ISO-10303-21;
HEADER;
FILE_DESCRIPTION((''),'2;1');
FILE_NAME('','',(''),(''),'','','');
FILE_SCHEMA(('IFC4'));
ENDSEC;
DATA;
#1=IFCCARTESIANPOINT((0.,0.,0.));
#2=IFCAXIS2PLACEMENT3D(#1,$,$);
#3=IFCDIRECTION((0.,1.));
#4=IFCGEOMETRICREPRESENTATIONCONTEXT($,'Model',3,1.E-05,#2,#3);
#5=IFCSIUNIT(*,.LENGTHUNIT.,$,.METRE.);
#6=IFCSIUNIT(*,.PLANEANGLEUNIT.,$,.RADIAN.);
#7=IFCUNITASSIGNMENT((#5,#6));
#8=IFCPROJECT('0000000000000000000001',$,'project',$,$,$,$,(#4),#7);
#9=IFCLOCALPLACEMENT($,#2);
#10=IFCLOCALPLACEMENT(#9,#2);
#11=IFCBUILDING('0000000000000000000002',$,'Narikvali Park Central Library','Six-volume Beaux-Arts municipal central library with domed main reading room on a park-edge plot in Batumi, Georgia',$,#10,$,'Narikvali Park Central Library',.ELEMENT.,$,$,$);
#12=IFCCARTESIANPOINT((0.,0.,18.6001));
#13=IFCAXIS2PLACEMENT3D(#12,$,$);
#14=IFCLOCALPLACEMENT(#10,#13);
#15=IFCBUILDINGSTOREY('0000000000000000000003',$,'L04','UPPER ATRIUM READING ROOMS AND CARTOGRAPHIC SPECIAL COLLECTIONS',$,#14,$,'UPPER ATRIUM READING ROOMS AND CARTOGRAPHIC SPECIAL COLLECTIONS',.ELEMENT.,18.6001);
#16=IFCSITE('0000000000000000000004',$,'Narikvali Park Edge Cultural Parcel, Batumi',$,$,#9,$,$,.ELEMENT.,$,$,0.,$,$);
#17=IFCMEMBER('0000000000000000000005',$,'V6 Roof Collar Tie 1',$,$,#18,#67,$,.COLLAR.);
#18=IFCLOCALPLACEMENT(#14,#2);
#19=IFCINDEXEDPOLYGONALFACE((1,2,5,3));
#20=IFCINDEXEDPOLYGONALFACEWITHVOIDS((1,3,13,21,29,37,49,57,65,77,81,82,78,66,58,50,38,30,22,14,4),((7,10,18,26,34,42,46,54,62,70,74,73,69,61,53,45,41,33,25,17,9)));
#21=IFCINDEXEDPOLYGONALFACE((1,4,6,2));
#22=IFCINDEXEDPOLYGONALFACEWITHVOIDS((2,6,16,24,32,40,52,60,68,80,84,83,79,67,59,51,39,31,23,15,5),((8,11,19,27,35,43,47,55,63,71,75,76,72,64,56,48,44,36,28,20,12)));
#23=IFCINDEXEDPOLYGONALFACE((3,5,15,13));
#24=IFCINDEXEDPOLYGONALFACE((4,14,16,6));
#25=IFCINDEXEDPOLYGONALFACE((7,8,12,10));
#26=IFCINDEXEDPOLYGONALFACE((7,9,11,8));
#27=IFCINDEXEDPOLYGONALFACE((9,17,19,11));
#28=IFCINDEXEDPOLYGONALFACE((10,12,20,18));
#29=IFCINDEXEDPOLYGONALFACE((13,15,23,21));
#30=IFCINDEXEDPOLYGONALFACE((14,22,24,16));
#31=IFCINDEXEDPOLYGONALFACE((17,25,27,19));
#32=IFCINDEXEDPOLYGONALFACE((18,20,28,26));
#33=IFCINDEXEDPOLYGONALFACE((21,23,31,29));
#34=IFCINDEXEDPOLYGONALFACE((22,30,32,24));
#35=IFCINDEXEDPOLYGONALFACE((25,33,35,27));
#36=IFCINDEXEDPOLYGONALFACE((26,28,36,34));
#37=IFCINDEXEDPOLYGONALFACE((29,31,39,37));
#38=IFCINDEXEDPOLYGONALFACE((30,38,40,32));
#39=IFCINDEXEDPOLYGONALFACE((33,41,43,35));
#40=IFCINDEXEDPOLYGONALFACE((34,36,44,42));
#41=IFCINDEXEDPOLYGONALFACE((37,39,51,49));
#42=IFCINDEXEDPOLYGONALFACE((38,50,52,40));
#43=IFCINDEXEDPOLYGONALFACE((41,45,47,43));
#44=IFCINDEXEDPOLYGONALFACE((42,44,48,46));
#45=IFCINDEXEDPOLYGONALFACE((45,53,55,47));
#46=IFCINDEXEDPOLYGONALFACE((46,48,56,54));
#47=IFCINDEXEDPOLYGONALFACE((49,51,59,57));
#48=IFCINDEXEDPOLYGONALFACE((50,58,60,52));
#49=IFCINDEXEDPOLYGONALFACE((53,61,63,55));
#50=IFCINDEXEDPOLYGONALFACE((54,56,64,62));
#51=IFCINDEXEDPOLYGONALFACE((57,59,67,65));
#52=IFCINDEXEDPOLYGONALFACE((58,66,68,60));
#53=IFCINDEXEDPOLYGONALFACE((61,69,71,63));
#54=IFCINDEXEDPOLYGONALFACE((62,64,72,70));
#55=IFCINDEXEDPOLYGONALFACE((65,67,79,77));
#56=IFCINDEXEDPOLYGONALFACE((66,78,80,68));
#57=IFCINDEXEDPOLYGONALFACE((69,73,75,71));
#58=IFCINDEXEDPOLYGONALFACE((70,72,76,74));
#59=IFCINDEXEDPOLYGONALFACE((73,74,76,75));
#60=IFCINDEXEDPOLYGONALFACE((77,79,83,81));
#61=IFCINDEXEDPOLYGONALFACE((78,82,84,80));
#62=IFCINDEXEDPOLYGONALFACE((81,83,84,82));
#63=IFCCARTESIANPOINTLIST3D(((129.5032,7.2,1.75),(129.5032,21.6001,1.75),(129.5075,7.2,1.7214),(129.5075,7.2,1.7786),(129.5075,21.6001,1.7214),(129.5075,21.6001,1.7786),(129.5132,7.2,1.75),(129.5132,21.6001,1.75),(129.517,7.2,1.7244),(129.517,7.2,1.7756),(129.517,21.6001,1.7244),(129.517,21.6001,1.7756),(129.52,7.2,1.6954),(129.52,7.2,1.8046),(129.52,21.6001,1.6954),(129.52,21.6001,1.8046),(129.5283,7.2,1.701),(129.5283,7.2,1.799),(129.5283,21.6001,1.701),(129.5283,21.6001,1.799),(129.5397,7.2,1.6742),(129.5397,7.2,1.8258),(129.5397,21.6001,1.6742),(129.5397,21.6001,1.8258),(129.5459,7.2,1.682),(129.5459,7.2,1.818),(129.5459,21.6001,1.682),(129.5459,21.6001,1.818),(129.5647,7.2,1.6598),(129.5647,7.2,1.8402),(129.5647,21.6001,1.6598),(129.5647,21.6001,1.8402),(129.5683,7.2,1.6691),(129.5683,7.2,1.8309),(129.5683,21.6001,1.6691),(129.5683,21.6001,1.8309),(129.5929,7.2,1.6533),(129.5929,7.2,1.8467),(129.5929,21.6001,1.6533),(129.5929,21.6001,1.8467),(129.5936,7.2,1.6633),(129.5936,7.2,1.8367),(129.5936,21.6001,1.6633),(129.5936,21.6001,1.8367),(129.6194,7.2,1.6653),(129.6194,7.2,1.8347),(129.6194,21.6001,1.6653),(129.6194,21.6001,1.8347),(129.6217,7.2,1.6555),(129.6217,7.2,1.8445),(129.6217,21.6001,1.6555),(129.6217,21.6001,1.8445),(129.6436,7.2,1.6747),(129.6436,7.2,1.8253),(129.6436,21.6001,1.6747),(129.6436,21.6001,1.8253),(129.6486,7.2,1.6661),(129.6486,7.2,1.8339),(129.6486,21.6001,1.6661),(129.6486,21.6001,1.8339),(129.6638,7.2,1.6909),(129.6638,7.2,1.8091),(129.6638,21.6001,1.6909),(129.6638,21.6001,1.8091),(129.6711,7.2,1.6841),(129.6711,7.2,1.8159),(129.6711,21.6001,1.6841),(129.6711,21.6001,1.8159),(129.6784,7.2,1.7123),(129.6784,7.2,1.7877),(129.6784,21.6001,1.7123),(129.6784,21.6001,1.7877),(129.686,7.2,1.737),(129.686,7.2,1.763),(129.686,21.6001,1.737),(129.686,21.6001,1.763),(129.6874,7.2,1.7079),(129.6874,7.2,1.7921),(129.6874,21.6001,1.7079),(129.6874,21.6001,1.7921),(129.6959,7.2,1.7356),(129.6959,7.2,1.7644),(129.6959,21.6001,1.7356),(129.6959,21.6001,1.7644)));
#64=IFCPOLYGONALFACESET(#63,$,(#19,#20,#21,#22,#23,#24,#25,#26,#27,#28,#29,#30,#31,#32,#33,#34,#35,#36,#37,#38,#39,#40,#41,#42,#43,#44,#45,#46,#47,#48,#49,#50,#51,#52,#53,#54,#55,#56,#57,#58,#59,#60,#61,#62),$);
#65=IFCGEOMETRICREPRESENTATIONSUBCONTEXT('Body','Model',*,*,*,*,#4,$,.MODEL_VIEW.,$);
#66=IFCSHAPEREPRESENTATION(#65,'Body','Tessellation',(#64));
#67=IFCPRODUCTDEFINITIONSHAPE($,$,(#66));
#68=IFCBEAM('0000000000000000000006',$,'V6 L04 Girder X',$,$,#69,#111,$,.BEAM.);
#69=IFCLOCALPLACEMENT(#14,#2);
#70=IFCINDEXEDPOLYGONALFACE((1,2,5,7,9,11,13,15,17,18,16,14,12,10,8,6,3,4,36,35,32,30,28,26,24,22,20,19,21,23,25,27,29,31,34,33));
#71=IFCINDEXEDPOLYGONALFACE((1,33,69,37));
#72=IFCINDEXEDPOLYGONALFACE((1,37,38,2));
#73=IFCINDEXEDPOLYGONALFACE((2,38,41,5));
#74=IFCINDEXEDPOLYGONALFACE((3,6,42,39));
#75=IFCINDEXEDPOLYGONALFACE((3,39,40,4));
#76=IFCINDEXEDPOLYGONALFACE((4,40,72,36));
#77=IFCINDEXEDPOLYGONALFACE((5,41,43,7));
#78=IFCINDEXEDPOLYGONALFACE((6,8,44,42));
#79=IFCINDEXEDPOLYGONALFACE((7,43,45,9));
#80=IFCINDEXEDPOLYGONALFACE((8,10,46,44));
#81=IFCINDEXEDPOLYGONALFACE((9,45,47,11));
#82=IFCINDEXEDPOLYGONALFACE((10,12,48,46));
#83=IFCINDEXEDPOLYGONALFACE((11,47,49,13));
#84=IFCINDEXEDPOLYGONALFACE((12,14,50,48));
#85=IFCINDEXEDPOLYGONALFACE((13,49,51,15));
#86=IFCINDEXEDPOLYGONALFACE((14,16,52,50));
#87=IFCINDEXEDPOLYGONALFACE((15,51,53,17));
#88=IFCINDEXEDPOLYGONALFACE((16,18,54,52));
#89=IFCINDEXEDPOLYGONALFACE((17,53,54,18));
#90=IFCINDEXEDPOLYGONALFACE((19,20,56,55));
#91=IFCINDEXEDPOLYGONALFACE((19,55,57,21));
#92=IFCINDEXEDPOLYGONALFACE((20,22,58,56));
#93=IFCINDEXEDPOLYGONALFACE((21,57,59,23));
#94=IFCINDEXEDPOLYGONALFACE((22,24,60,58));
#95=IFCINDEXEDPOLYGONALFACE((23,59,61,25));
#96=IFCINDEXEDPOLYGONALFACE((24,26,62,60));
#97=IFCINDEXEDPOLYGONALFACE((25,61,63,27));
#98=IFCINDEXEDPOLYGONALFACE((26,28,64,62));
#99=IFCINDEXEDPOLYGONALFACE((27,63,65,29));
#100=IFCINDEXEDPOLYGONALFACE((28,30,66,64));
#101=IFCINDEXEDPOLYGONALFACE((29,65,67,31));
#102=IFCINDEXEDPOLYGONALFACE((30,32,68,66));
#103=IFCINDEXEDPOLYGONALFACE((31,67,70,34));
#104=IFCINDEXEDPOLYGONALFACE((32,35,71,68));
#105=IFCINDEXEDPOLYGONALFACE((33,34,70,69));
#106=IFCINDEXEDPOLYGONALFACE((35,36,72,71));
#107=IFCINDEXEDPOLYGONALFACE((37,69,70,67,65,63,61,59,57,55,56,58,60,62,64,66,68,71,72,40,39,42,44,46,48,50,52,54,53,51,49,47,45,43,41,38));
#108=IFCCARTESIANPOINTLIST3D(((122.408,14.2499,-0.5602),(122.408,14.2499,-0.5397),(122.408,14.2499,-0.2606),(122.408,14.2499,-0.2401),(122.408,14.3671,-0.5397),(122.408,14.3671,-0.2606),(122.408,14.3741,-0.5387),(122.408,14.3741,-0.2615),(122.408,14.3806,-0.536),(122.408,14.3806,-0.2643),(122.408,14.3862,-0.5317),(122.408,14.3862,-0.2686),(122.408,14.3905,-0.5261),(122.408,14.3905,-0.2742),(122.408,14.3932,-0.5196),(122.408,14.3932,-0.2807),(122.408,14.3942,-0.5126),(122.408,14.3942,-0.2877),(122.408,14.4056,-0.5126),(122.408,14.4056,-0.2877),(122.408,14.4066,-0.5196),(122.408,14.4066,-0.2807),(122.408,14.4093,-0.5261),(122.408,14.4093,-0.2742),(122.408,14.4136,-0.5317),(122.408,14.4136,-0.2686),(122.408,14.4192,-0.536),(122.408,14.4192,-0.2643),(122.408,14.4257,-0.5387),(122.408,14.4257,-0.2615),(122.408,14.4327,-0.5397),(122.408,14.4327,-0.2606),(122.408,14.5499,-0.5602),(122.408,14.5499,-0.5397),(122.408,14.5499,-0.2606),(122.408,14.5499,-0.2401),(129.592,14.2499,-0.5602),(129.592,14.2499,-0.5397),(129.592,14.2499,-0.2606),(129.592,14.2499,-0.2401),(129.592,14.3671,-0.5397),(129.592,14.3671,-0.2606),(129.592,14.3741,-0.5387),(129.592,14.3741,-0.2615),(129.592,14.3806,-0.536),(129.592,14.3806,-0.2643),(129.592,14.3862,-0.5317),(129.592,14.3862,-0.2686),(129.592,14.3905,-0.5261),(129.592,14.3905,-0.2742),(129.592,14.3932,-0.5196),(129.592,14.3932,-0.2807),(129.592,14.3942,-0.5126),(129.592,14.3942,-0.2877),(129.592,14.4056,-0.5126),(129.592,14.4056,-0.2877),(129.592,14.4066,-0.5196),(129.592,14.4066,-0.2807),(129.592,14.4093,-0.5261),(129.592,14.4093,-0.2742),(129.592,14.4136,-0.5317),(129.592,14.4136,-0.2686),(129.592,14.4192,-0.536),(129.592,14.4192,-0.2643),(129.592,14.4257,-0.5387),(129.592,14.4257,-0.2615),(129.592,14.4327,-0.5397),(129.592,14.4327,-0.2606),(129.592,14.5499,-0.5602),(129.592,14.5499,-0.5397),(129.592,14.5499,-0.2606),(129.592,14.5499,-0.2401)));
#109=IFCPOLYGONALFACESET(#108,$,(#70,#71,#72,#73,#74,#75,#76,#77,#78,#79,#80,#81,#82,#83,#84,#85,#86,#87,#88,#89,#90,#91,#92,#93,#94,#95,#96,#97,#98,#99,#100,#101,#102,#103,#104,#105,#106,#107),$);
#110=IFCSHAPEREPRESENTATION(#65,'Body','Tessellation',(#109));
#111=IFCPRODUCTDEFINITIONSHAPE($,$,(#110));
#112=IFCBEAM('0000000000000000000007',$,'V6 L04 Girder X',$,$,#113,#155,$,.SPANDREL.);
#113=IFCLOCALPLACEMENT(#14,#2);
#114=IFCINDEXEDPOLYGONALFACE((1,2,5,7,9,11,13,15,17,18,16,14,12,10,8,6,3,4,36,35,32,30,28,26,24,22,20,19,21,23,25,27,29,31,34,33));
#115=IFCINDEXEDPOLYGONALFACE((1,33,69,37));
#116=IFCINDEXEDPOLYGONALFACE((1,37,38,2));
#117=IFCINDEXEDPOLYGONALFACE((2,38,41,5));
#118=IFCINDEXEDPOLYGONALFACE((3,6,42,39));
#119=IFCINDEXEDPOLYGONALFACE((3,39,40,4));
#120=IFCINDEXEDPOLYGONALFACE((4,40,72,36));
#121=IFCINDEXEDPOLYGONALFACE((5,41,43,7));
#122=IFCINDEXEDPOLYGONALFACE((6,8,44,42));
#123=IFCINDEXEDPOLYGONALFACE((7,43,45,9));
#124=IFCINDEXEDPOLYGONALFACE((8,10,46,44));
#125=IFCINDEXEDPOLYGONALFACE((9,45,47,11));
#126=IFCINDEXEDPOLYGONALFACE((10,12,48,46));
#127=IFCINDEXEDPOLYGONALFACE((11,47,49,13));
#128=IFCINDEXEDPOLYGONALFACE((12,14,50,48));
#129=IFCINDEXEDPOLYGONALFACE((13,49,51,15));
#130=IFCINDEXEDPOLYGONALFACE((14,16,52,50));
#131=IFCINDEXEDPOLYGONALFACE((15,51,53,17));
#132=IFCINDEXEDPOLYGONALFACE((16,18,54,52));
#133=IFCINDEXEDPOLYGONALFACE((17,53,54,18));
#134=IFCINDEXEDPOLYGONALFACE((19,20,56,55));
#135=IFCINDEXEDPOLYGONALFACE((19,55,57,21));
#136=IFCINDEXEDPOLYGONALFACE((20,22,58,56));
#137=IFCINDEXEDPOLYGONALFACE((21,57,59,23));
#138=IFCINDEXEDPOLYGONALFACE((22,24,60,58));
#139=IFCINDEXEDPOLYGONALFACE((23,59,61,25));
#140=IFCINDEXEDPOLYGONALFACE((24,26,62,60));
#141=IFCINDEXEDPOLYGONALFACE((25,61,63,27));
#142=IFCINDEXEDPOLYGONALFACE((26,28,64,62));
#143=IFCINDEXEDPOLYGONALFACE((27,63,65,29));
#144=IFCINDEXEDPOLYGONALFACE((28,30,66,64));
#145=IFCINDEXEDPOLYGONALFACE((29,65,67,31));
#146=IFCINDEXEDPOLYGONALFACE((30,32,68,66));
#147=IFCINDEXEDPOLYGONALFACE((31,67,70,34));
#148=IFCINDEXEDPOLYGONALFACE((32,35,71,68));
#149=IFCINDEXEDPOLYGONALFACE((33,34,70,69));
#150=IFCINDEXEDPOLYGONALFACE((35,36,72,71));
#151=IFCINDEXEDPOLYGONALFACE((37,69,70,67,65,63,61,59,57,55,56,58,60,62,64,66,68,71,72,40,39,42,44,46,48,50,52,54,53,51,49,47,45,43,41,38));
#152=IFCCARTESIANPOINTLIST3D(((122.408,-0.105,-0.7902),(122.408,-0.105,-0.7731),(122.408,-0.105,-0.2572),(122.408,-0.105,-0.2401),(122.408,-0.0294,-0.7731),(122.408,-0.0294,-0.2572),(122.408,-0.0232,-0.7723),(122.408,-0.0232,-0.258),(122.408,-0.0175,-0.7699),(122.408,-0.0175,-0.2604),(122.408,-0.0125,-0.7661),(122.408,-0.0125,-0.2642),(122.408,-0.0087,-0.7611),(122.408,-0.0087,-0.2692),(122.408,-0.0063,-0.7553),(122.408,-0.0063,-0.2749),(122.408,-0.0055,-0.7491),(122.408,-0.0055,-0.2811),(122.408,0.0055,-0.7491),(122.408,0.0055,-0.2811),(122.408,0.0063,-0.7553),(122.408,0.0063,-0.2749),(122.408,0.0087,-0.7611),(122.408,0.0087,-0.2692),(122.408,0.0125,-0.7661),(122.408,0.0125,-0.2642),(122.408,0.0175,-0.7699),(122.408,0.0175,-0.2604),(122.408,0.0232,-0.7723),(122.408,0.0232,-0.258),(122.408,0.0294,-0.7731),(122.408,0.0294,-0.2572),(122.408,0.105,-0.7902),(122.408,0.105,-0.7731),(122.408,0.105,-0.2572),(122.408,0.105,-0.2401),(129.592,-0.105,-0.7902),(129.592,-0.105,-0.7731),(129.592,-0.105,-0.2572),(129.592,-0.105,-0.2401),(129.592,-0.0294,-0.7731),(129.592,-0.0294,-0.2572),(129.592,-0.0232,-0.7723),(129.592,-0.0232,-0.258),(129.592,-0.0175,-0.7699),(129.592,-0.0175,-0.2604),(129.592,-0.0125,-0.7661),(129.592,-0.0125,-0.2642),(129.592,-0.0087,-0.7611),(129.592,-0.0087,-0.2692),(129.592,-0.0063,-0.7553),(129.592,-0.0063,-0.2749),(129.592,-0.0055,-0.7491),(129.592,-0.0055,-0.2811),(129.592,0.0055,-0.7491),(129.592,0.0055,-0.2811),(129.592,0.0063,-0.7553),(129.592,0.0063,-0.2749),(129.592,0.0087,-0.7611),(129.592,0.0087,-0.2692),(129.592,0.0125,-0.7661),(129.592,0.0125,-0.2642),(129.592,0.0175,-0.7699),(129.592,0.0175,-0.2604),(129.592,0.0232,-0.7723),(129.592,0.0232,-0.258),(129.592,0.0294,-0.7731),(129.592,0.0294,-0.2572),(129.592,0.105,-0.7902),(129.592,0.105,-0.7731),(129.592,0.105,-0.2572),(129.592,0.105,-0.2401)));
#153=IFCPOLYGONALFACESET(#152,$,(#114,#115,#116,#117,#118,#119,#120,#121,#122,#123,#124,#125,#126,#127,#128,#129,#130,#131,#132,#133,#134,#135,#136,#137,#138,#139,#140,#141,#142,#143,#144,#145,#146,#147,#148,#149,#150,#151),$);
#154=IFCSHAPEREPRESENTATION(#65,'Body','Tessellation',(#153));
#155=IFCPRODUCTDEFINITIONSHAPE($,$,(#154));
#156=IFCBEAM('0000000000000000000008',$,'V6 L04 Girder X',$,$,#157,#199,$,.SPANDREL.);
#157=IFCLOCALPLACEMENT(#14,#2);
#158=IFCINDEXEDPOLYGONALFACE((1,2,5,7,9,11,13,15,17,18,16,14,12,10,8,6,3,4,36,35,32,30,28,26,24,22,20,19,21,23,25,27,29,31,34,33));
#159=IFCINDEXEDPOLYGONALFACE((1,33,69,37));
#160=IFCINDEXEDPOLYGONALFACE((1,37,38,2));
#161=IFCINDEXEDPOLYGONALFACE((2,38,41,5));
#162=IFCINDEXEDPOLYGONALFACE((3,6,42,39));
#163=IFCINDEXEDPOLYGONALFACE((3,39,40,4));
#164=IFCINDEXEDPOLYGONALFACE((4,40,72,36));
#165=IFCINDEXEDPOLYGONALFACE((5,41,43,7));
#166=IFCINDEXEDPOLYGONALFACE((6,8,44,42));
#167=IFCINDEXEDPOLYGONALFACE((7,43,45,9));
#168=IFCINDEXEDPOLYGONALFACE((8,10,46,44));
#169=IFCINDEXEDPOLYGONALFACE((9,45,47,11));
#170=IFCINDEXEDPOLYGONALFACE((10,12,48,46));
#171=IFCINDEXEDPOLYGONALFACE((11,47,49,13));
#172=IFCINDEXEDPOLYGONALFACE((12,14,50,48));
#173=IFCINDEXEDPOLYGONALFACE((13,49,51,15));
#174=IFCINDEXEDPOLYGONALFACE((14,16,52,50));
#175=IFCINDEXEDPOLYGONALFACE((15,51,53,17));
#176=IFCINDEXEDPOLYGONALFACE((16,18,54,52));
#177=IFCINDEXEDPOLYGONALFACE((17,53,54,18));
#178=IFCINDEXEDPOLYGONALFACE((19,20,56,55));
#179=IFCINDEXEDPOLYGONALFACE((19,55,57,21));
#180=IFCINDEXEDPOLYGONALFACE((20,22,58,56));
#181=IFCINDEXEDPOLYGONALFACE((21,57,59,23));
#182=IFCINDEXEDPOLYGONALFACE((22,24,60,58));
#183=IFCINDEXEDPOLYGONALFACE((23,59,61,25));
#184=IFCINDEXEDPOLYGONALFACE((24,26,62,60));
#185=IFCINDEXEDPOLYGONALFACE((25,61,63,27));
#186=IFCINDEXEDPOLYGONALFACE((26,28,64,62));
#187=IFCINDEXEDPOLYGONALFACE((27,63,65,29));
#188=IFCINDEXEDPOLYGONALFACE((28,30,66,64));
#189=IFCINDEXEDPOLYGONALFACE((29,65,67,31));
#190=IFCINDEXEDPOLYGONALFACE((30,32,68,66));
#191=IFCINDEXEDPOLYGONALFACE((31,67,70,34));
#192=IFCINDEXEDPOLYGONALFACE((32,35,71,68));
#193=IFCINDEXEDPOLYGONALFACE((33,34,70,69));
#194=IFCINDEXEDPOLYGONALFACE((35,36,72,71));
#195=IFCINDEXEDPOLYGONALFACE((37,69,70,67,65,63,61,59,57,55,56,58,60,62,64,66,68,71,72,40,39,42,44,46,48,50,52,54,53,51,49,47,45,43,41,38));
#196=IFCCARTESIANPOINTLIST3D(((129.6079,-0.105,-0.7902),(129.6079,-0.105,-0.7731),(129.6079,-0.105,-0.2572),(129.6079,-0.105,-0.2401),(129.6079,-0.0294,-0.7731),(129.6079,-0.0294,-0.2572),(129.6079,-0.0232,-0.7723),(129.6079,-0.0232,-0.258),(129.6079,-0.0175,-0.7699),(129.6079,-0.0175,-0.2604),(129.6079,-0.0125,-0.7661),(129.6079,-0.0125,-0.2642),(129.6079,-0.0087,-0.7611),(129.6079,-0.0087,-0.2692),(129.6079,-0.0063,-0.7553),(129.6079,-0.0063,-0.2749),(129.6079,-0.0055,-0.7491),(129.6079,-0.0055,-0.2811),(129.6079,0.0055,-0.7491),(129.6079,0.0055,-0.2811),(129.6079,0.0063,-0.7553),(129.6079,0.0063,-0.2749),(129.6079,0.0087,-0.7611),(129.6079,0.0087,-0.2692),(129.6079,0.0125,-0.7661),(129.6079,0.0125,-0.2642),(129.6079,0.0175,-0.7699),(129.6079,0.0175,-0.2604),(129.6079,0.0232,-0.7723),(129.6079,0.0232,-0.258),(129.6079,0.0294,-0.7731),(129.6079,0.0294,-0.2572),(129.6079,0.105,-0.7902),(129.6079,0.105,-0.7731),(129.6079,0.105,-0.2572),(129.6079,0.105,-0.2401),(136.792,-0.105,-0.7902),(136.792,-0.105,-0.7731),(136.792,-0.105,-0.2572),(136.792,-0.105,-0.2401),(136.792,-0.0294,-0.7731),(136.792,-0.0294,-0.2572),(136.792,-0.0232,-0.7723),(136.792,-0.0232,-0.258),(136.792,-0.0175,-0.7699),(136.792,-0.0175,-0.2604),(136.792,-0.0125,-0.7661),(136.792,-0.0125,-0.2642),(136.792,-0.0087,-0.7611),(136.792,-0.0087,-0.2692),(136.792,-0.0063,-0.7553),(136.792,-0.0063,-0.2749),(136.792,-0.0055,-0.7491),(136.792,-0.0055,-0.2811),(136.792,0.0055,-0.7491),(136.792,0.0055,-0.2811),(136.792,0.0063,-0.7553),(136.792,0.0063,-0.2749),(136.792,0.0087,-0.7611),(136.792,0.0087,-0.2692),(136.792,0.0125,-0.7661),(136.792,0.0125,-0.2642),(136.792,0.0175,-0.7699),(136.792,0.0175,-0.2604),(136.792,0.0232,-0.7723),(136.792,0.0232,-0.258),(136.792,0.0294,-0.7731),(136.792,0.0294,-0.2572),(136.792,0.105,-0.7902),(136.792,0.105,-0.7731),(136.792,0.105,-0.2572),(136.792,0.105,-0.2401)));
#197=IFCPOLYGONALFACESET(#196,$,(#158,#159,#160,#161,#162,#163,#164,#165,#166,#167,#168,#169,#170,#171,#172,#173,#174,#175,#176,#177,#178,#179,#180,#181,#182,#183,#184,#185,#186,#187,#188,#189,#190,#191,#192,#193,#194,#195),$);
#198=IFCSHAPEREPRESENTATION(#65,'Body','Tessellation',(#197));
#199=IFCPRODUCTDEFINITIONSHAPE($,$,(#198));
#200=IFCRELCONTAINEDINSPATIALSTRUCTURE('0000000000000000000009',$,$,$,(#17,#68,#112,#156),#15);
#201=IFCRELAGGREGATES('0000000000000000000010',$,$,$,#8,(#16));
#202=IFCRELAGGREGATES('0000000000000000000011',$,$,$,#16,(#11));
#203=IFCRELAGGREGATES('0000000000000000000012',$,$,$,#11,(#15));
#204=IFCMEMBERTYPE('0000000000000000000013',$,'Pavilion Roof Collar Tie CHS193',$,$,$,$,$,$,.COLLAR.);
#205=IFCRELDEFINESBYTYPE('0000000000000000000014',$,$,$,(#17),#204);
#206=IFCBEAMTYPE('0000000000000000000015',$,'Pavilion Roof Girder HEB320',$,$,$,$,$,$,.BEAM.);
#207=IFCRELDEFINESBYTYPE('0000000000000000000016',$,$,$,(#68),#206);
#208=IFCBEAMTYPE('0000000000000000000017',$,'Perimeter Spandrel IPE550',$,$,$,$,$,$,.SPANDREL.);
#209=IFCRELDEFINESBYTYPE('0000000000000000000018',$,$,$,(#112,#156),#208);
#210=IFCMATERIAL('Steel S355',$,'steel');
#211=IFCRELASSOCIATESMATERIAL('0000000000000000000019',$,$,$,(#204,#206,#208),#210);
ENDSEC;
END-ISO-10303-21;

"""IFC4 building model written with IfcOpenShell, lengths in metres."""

from ifc_helpers import new_model, si_unit, direction, frame, origin, origin_2d, place, context, subcontext, project, spatial, hollow_circle, i_section, extrude, material, material_profile, profile_set, type_object, element, save


model = new_model("IFC4")

# Units and contexts
model_context = context("Model", 3, precision=1e-05, world=origin(), true_north=direction((0.0, 1.0)))
body_context = subcontext(model_context, "Body", "Model", "MODEL_VIEW")
ifc_project = project(units=[si_unit("LENGTHUNIT", "METRE"), si_unit("PLANEANGLEUNIT", "RADIAN")], contexts=[model_context])

# Site, building, storey
site_placement = place(None, origin())
site = spatial("IfcSite", under=ifc_project, at=site_placement, Name="Narikvali Park Edge Cultural Parcel, Batumi", CompositionType="ELEMENT", RefElevation=0.0)
building_placement = place(site_placement, origin())
building = spatial("IfcBuilding", under=site, at=building_placement, Name="Narikvali Park Central Library", Description="Six-volume Beaux-Arts municipal central library with domed main reading room on a park-edge plot in Batumi, Georgia", LongName="Narikvali Park Central Library", CompositionType="ELEMENT")
storey_placement = place(building_placement, frame((0.0, 0.0, 18.6001)))
storey = spatial("IfcBuildingStorey", under=building, at=storey_placement, Name="L04", Description="UPPER ATRIUM READING ROOMS AND CARTOGRAPHIC SPECIAL COLLECTIONS", LongName="UPPER ATRIUM READING ROOMS AND CARTOGRAPHIC SPECIAL COLLECTIONS", CompositionType="ELEMENT", Elevation=18.6001)

# Shared definitions
ifc_material_1 = material(Name="Steel S355", Category="steel")

# Member
ifc_material_profile_1 = material_profile(ifc_material_1, hollow_circle(Radius=0.0969, WallThickness=0.01, at=origin_2d()), Name="CHS 193.7x10")
ifc_profile_set_1 = profile_set([ifc_material_profile_1], Name="Steel S355")
member_type_1 = type_object("IfcMemberType", Name="Pavilion Roof Collar Tie CHS193", PredefinedType="COLLAR", material=ifc_profile_set_1)
member_1_placement = place(storey_placement, frame((129.6001, 7.2, 1.75), z_axis=(0.0, 1.0, 0.0), x_axis=(-1.0, 0.0, 0.0)))
element("IfcMember", 1, at=member_1_placement, inside=storey, type_object=member_type_1, Name="V6 Roof Collar Tie 1", PredefinedType="COLLAR", context=body_context, shape_type="SweptSolid", body=[
    extrude(hollow_circle(Radius=0.0969, WallThickness=0.01, at=origin_2d()), origin(), (0.0, 0.0, 1.0), 14.4001),
])

# Beams
ifc_material_profile_2 = material_profile(ifc_material_1, i_section(OverallWidth=0.3, OverallDepth=0.3201, WebThickness=0.0115, FlangeThickness=0.0205, FilletRadius=0.0271, at=origin_2d()), Name="HEB 320")
ifc_profile_set_2 = profile_set([ifc_material_profile_2], Name="Steel S355")
beam_type_1 = type_object("IfcBeamType", Name="Pavilion Roof Girder HEB320", PredefinedType="BEAM", material=ifc_profile_set_2)
beam_1_placement = place(storey_placement, frame((122.408, 14.3999, -0.4001), z_axis=(1.0, 0.0, 0.0), x_axis=(0.0, 1.0, 0.0)))
element("IfcBeam", 2, at=beam_1_placement, inside=storey, type_object=beam_type_1, Name="V6 L04 Girder X", PredefinedType="BEAM", context=body_context, shape_type="SweptSolid", body=[
    extrude(i_section(OverallWidth=0.3, OverallDepth=0.3201, WebThickness=0.0115, FlangeThickness=0.0205, FilletRadius=0.0271, at=origin_2d()), origin(), (0.0, 0.0, 1.0), 7.1841),
])
ifc_material_profile_3 = material_profile(ifc_material_1, i_section(OverallWidth=0.21, OverallDepth=0.55, WebThickness=0.011, FlangeThickness=0.0171, FilletRadius=0.0239, at=origin_2d()), Name="IPE 550")
ifc_profile_set_3 = profile_set([ifc_material_profile_3], Name="Steel S355")
beam_type_2 = type_object("IfcBeamType", Name="Perimeter Spandrel IPE550", PredefinedType="SPANDREL", material=ifc_profile_set_3)
for number, where, z_axis, x_axis, name in (
    (3, (122.408, 0.0, -0.5151), (1.0, 0.0, 0.0), (0.0, 1.0, 0.0), "V6 L04 Girder X"),
    (4, (129.6079, 0.0, -0.5151), (1.0, 0.0, 0.0), (0.0, 1.0, 0.0), "V6 L04 Girder X"),
):
    element("IfcBeam", number, at=place(storey_placement, frame(where, z_axis=z_axis, x_axis=x_axis)), inside=storey, type_object=beam_type_2, Name=name, PredefinedType="SPANDREL", context=body_context, shape_type="SweptSolid", body=[
        extrude(i_section(OverallWidth=0.21, OverallDepth=0.55, WebThickness=0.011, FlangeThickness=0.0171, FilletRadius=0.0239, at=origin_2d()), origin(), (0.0, 0.0, 1.0), 7.1841),
    ])

save(model, "model.ifc")
